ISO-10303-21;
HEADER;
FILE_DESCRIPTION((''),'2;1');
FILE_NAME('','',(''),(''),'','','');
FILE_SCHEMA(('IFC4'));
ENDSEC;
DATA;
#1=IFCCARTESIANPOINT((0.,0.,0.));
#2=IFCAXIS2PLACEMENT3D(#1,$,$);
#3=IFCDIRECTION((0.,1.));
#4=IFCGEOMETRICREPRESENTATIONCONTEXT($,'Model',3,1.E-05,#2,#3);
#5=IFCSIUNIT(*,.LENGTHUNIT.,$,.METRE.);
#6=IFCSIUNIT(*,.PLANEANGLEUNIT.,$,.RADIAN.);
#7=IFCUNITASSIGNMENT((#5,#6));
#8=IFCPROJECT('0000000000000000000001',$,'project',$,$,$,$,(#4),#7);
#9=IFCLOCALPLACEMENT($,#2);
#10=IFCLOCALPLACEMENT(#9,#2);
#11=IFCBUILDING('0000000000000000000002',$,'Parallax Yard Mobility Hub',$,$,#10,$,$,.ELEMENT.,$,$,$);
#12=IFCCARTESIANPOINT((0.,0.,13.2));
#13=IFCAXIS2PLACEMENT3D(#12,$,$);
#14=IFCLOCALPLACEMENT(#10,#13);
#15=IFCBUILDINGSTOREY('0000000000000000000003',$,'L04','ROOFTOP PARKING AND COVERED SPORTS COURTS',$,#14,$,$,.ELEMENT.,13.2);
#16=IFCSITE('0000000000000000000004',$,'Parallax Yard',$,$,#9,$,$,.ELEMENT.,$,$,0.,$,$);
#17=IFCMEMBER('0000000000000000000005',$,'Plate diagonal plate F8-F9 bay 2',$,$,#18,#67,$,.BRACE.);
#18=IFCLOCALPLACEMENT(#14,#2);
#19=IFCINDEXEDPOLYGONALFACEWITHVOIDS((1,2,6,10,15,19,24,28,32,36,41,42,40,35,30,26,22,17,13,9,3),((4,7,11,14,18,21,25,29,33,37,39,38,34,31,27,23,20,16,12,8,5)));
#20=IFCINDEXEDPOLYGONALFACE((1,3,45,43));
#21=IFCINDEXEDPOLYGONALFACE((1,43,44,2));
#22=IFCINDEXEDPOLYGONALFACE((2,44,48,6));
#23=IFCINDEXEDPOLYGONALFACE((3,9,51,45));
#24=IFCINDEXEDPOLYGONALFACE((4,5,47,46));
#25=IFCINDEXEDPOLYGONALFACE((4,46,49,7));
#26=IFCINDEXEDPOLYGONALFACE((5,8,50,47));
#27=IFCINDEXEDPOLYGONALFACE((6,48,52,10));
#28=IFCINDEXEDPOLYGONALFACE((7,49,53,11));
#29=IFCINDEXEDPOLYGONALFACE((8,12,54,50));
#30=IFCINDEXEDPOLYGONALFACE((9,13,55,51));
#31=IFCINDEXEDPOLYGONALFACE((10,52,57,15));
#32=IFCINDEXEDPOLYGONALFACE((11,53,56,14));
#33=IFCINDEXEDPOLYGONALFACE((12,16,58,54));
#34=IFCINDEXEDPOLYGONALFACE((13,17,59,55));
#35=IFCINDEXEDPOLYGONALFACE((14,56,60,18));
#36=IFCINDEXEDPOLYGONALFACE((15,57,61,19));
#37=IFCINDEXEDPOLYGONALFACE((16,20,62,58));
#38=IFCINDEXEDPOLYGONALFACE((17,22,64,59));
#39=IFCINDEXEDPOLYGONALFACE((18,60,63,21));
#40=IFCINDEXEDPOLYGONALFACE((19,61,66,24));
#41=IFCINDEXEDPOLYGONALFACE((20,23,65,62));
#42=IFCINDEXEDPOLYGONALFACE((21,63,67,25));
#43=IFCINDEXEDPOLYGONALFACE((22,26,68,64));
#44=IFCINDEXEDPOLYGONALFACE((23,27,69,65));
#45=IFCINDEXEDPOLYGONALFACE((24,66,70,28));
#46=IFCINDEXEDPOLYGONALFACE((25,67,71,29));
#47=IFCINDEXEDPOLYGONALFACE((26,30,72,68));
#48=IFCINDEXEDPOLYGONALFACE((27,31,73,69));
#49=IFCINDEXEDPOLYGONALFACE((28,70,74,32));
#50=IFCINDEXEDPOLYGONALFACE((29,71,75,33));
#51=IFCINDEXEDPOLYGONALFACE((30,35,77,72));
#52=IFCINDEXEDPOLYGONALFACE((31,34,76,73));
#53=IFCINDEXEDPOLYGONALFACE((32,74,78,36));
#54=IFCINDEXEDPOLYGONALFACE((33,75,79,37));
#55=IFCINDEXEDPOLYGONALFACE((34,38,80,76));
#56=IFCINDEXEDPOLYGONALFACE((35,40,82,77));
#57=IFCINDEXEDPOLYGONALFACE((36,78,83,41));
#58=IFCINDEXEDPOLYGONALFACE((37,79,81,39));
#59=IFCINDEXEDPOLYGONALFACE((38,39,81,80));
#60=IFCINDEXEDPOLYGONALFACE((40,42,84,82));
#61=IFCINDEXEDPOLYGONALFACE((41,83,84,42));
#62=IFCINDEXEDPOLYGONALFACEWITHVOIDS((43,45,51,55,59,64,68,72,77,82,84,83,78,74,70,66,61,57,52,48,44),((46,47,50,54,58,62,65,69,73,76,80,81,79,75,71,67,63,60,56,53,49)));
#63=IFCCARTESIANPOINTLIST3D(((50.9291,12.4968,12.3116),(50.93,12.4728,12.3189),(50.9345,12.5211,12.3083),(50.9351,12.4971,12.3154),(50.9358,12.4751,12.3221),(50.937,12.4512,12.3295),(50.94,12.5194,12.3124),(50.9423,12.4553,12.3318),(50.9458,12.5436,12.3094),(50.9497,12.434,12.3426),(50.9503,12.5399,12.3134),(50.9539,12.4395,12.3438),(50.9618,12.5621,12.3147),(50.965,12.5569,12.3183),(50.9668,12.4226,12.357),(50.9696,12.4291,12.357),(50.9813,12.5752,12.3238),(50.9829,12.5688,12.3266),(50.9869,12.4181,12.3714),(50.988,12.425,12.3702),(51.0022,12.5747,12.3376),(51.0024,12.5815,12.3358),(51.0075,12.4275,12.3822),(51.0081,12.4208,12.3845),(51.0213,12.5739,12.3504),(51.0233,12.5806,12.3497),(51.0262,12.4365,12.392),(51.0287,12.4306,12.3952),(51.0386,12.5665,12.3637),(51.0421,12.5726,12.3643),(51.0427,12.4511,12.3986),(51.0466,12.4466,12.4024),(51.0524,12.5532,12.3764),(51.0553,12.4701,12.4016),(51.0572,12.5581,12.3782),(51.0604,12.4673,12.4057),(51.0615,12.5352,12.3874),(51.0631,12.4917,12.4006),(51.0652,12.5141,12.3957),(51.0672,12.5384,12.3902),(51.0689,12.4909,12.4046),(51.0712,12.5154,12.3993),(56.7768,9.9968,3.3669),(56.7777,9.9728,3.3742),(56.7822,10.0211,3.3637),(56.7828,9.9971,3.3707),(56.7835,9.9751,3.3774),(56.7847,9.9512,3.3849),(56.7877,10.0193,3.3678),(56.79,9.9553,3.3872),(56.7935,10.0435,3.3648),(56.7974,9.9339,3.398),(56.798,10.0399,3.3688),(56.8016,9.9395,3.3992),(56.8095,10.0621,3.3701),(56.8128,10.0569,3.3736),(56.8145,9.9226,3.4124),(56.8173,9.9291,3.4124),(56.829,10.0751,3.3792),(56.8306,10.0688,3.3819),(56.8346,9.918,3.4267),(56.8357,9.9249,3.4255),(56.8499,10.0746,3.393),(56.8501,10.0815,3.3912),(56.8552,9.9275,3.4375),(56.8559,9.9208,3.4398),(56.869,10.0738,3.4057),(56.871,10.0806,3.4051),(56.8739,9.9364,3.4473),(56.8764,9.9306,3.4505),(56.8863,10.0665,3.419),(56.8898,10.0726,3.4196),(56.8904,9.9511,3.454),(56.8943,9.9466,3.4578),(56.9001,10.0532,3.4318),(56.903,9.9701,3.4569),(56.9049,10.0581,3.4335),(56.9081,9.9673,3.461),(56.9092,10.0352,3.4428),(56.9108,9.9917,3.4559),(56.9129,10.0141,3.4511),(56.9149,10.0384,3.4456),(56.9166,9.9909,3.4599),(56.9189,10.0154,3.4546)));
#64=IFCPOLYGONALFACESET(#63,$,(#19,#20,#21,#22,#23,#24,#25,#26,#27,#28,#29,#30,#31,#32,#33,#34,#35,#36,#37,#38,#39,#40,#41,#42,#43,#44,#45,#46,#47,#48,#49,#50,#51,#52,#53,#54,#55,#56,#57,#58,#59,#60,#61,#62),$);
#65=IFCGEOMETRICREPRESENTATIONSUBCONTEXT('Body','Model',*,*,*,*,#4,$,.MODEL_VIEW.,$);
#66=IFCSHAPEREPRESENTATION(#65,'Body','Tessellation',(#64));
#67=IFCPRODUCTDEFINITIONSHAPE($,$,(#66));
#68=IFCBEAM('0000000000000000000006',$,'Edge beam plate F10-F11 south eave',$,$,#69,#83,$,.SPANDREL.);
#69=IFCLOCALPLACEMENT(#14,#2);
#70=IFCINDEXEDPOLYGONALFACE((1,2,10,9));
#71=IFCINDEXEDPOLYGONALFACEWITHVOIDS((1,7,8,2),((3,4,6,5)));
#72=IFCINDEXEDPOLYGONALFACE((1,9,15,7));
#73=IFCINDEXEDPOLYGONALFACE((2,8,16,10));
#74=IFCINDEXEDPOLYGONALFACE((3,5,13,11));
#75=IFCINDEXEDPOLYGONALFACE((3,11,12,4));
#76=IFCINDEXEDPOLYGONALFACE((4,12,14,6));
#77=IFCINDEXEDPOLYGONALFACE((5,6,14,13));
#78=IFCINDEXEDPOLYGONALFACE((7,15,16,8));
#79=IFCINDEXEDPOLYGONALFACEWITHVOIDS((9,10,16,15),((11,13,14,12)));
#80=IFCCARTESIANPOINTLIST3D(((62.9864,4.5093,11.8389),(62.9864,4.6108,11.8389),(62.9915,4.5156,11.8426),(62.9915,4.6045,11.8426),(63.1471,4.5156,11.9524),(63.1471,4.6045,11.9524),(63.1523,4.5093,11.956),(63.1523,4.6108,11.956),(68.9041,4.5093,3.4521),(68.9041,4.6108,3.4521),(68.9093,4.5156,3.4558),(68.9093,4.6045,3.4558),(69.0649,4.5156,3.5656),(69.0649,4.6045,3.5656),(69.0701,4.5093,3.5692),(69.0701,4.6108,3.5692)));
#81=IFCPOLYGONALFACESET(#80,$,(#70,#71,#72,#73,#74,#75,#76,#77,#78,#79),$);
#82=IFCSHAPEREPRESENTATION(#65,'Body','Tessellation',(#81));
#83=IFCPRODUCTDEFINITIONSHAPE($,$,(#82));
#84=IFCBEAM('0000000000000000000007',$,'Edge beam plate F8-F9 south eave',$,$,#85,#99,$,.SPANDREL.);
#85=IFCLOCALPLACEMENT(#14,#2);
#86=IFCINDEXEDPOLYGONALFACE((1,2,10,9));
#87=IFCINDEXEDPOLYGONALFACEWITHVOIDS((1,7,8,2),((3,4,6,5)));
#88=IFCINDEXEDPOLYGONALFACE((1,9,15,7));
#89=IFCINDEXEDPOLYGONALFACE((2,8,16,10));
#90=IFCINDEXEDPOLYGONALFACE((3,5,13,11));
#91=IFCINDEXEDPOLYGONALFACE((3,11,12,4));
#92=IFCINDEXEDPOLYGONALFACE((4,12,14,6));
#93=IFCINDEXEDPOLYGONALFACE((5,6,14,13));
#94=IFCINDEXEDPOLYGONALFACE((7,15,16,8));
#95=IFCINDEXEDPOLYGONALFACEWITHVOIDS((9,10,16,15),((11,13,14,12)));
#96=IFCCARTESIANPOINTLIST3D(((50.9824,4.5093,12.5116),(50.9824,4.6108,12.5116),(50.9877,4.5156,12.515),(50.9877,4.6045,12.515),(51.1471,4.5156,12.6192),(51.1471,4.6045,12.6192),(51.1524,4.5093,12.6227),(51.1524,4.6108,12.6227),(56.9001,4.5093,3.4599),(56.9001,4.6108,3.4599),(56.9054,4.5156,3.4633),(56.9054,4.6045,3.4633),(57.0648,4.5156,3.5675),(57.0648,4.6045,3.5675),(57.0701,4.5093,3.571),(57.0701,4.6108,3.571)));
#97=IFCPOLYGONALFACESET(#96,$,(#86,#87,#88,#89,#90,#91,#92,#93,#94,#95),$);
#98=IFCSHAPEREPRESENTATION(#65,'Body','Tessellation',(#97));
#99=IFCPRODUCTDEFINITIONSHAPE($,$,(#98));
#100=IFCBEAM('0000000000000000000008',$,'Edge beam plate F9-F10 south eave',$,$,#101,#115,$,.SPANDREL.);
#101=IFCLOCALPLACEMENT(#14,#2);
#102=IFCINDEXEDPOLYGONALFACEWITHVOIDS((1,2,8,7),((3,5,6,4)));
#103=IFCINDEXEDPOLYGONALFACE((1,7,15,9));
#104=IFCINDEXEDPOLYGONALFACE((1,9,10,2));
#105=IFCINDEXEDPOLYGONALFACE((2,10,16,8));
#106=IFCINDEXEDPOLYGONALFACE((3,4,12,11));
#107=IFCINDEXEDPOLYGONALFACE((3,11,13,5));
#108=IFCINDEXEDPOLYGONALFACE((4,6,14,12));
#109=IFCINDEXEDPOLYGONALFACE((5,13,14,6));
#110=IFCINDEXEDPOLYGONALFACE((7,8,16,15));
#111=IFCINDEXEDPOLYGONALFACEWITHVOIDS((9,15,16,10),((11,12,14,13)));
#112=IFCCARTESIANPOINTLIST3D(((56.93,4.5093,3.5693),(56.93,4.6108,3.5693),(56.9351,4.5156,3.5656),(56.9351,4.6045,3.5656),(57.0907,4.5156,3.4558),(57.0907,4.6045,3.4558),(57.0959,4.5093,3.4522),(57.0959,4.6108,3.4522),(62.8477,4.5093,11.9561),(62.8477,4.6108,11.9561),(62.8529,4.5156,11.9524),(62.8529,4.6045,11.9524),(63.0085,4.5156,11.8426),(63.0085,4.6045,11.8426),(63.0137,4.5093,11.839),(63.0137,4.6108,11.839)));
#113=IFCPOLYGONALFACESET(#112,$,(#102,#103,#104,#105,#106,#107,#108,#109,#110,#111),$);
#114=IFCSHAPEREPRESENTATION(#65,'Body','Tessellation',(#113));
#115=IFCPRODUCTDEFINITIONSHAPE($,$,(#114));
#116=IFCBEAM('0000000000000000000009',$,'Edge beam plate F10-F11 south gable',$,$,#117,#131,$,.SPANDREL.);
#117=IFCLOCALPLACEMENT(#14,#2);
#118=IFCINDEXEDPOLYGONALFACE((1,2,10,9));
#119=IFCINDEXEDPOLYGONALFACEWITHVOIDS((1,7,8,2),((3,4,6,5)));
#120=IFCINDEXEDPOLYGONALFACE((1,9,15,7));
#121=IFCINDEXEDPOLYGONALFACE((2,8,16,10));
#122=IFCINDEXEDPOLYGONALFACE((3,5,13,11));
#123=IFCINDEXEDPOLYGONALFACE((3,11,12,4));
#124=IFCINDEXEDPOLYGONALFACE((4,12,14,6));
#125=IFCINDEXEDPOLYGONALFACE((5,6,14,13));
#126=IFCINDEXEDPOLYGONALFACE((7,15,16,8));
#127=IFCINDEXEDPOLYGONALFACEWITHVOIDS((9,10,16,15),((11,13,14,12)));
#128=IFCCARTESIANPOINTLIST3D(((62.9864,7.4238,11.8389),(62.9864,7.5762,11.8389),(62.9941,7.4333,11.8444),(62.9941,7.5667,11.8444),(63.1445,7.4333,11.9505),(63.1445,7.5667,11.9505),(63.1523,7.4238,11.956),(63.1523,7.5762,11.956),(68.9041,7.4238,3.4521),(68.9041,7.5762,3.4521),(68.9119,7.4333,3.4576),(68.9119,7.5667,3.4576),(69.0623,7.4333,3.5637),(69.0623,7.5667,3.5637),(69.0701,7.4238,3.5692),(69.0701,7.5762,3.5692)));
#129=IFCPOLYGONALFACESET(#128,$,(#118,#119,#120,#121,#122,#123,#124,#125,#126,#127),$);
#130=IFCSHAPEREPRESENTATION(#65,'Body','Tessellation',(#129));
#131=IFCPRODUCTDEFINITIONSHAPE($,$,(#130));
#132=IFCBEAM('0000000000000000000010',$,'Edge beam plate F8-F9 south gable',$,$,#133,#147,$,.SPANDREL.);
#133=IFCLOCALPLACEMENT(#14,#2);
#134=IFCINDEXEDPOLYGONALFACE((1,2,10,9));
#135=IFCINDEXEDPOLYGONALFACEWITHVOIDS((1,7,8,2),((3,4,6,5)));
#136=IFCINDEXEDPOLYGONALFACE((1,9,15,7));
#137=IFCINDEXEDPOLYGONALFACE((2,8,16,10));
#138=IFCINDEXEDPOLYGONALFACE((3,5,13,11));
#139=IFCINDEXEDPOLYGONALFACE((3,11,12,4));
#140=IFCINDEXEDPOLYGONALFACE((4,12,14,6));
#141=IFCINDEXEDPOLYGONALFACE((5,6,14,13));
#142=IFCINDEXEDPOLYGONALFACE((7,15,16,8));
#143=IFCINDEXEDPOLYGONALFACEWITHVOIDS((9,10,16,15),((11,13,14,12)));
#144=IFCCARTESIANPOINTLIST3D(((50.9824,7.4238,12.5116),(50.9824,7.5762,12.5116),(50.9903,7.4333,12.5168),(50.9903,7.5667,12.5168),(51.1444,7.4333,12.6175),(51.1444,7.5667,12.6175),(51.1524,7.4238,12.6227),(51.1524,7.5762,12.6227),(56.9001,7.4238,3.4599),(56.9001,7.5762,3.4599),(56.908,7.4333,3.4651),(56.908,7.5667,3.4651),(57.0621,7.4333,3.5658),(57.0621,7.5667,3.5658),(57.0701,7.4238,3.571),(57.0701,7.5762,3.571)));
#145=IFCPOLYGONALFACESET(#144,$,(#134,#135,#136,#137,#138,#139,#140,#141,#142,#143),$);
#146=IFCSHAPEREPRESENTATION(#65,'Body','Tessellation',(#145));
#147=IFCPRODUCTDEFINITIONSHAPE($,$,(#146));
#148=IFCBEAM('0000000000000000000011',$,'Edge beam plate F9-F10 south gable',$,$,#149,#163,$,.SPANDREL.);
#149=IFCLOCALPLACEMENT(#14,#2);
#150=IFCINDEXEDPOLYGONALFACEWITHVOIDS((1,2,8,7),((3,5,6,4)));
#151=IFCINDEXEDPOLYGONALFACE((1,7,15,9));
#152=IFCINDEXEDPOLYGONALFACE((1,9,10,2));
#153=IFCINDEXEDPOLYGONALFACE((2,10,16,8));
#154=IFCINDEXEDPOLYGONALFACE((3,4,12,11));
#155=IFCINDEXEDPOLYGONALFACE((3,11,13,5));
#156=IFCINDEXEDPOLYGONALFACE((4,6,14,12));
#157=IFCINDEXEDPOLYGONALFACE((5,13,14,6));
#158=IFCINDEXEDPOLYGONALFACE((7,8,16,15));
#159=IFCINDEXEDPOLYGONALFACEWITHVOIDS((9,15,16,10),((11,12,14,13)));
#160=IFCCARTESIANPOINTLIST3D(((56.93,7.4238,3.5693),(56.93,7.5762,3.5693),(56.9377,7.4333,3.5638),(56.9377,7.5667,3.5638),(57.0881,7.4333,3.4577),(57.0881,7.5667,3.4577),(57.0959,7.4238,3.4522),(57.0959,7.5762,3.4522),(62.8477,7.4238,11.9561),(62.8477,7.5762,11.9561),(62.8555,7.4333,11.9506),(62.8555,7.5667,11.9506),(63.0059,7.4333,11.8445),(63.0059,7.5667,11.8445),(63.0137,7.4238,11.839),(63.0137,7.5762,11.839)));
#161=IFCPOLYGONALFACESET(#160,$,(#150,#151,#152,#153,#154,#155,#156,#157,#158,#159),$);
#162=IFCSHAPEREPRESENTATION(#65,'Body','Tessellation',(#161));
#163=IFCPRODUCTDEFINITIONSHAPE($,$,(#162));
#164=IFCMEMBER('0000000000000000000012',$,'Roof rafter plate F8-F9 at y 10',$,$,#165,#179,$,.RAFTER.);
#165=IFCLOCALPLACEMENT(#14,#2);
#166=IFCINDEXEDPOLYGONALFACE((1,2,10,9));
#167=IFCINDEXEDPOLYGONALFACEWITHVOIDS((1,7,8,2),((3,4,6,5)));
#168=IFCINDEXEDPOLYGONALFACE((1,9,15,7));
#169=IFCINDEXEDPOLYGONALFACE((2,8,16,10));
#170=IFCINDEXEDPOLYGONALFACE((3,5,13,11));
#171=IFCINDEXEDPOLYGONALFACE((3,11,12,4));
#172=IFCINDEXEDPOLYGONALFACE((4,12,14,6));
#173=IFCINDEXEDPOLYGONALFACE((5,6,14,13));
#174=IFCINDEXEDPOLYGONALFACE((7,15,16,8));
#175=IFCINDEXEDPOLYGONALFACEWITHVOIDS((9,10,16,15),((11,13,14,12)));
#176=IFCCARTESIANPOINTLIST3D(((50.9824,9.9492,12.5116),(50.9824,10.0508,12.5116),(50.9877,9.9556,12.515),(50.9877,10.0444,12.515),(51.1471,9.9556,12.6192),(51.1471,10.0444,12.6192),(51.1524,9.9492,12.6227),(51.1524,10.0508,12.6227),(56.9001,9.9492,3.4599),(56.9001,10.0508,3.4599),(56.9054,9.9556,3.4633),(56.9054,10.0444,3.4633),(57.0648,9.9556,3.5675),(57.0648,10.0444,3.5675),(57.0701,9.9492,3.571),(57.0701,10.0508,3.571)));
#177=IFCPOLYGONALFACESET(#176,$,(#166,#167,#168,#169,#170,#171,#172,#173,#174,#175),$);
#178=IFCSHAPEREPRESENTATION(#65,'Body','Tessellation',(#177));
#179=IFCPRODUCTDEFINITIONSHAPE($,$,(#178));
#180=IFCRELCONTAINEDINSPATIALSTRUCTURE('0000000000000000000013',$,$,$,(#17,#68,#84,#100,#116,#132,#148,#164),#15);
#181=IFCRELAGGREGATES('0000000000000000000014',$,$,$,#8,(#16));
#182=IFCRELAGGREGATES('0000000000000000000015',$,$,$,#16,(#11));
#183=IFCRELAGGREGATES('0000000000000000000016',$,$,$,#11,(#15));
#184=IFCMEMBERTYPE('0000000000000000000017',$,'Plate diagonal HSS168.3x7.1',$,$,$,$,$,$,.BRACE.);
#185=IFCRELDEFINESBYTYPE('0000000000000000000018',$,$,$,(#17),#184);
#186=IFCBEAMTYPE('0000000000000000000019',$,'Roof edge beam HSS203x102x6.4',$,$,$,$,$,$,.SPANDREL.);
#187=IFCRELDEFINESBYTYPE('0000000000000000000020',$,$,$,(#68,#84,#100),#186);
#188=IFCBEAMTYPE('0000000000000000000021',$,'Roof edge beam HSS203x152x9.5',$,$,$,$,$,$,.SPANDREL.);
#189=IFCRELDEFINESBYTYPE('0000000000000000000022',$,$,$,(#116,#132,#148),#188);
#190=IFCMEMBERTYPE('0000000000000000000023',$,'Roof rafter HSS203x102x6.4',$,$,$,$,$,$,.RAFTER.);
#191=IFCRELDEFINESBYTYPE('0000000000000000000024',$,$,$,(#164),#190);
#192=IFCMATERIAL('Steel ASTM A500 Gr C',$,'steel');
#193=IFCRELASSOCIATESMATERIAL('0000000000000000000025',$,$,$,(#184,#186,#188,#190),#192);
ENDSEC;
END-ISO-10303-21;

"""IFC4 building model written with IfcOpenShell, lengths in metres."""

from ifc_helpers import new_model, si_unit, direction, frame, origin, origin_2d, place, context, subcontext, project, spatial, hollow_rectangle, hollow_circle, extrude, material, material_profile, profile_set, type_object, element, save


model = new_model("IFC4")

# Units and contexts
model_context = context("Model", 3, precision=1e-05, world=origin(), true_north=direction((0.0, 1.0)))
body_context = subcontext(model_context, "Body", "Model", "MODEL_VIEW")
ifc_project = project(units=[si_unit("LENGTHUNIT", "METRE"), si_unit("PLANEANGLEUNIT", "RADIAN")], contexts=[model_context])

# Site, building, storey
site_placement = place(None, origin())
site = spatial("IfcSite", under=ifc_project, at=site_placement, Name="Parallax Yard", CompositionType="ELEMENT", RefElevation=0.0)
building_placement = place(site_placement, origin())
building = spatial("IfcBuilding", under=site, at=building_placement, Name="Parallax Yard Mobility Hub", CompositionType="ELEMENT")
storey_placement = place(building_placement, frame((0.0, 0.0, 13.2)))
storey = spatial("IfcBuildingStorey", under=building, at=storey_placement, Name="L04", Description="ROOFTOP PARKING AND COVERED SPORTS COURTS", CompositionType="ELEMENT", Elevation=13.2)

# Member
ifc_material_1 = material(Name="Steel ASTM A500 Gr C", Category="steel")
ifc_material_profile_1 = material_profile(ifc_material_1, hollow_circle(Radius=0.0842, WallThickness=0.0071, at=origin_2d()), Name="HSS168.3x7.1")
ifc_profile_set_1 = profile_set([ifc_material_profile_1], Name="Steel ASTM A500 Gr C")
member_type_1 = type_object("IfcMemberType", Name="Plate diagonal HSS168.3x7.1", PredefinedType="BRACE", material=ifc_profile_set_1)
for number, where, z_axis, x_axis, name in (
    (1, (56.8477, 10.0, 3.4124), (-0.532816, 0.22779, 0.814996), (-0.393104, -0.919494, 0.0), "Plate diagonal plate F8-F9 bay 2"),
):
    element("IfcMember", number, at=place(storey_placement, frame(where, z_axis=z_axis, x_axis=x_axis)), inside=storey, type_object=member_type_1, Name=name, PredefinedType="BRACE", context=body_context, shape_type="SweptSolid", body=[
        extrude(hollow_circle(Radius=0.0842, WallThickness=0.0071, at=origin_2d()), origin(), (0.0, 0.0, 1.0), 10.9751),
    ])

# Beams
ifc_material_profile_2 = material_profile(ifc_material_1, hollow_rectangle(XDim=0.1016, YDim=0.2031, WallThickness=0.0063, at=origin_2d()), Name="HSS203x102x6.4")
ifc_profile_set_2 = profile_set([ifc_material_profile_2], Name="Steel ASTM A500 Gr C")
beam_type_1 = type_object("IfcBeamType", Name="Roof edge beam HSS203x102x6.4", PredefinedType="SPANDREL", material=ifc_profile_set_2)
beam_1_placement = place(storey_placement, frame((63.0693, 4.5601, 11.8975), z_axis=(0.576533, 0.0, -0.817074), x_axis=(0.0, 1.0, 0.0)))
element("IfcBeam", 2, at=beam_1_placement, inside=storey, type_object=beam_type_1, Name="Edge beam plate F10-F11 south eave", PredefinedType="SPANDREL", context=body_context, shape_type="SweptSolid", body=[
    extrude(hollow_rectangle(XDim=0.1016, YDim=0.2031, WallThickness=0.0063, at=origin_2d()), origin(), (0.0, 0.0, 1.0), 10.2644),
])
beam_2_placement = place(storey_placement, frame((51.0674, 4.5601, 12.5671), z_axis=(0.547202, 0.0, -0.837001), x_axis=(0.0, 1.0, 0.0)))
element("IfcBeam", 3, at=beam_2_placement, inside=storey, type_object=beam_type_1, Name="Edge beam plate F8-F9 south eave", PredefinedType="SPANDREL", context=body_context, shape_type="SweptSolid", body=[
    extrude(hollow_rectangle(XDim=0.1016, YDim=0.2031, WallThickness=0.0063, at=origin_2d()), origin(), (0.0, 0.0, 1.0), 10.8145),
])
beam_3_placement = place(storey_placement, frame((57.0129, 4.5601, 3.5107), z_axis=(0.576533, 0.0, 0.817074), x_axis=(0.0, 1.0, 0.0)))
element("IfcBeam", 4, at=beam_3_placement, inside=storey, type_object=beam_type_1, Name="Edge beam plate F9-F10 south eave", PredefinedType="SPANDREL", context=body_context, shape_type="SweptSolid", body=[
    extrude(hollow_rectangle(XDim=0.1016, YDim=0.2031, WallThickness=0.0063, at=origin_2d()), origin(), (0.0, 0.0, 1.0), 10.2644),
])
ifc_material_profile_3 = material_profile(ifc_material_1, hollow_rectangle(XDim=0.1523, YDim=0.2031, WallThickness=0.0095, at=origin_2d()), Name="HSS203x152x9.5")
ifc_profile_set_3 = profile_set([ifc_material_profile_3], Name="Steel ASTM A500 Gr C")
beam_type_2 = type_object("IfcBeamType", Name="Roof edge beam HSS203x152x9.5", PredefinedType="SPANDREL", material=ifc_profile_set_3)
beam_4_placement = place(storey_placement, frame((63.0693, 7.5, 11.8975), z_axis=(0.576533, 0.0, -0.817074), x_axis=(0.0, 1.0, 0.0)))
element("IfcBeam", 5, at=beam_4_placement, inside=storey, type_object=beam_type_2, Name="Edge beam plate F10-F11 south gable", PredefinedType="SPANDREL", context=body_context, shape_type="SweptSolid", body=[
    extrude(hollow_rectangle(XDim=0.1523, YDim=0.2031, WallThickness=0.0095, at=origin_2d()), origin(), (0.0, 0.0, 1.0), 10.2644),
])
beam_5_placement = place(storey_placement, frame((51.0674, 7.5, 12.5671), z_axis=(0.547202, 0.0, -0.837001), x_axis=(0.0, 1.0, 0.0)))
element("IfcBeam", 6, at=beam_5_placement, inside=storey, type_object=beam_type_2, Name="Edge beam plate F8-F9 south gable", PredefinedType="SPANDREL", context=body_context, shape_type="SweptSolid", body=[
    extrude(hollow_rectangle(XDim=0.1523, YDim=0.2031, WallThickness=0.0095, at=origin_2d()), origin(), (0.0, 0.0, 1.0), 10.8145),
])
beam_6_placement = place(storey_placement, frame((57.0129, 7.5, 3.5107), z_axis=(0.576533, 0.0, 0.817074), x_axis=(0.0, 1.0, 0.0)))
element("IfcBeam", 7, at=beam_6_placement, inside=storey, type_object=beam_type_2, Name="Edge beam plate F9-F10 south gable", PredefinedType="SPANDREL", context=body_context, shape_type="SweptSolid", body=[
    extrude(hollow_rectangle(XDim=0.1523, YDim=0.2031, WallThickness=0.0095, at=origin_2d()), origin(), (0.0, 0.0, 1.0), 10.2644),
])

# Member
ifc_material_profile_4 = material_profile(ifc_material_1, hollow_rectangle(XDim=0.1016, YDim=0.2031, WallThickness=0.0063, at=origin_2d()), Name="HSS203x102x6.4")
ifc_profile_set_4 = profile_set([ifc_material_profile_4], Name="Steel ASTM A500 Gr C")
member_type_2 = type_object("IfcMemberType", Name="Roof rafter HSS203x102x6.4", PredefinedType="RAFTER", material=ifc_profile_set_4)
member_1_placement = place(storey_placement, frame((51.0674, 10.0, 12.5671), z_axis=(0.547202, 0.0, -0.837001), x_axis=(0.0, 1.0, 0.0)))
element("IfcMember", 8, at=member_1_placement, inside=storey, type_object=member_type_2, Name="Roof rafter plate F8-F9 at y 10", PredefinedType="RAFTER", context=body_context, shape_type="SweptSolid", body=[
    extrude(hollow_rectangle(XDim=0.1016, YDim=0.2031, WallThickness=0.0063, at=origin_2d()), origin(), (0.0, 0.0, 1.0), 10.8145),
])

save(model, "model.ifc")
